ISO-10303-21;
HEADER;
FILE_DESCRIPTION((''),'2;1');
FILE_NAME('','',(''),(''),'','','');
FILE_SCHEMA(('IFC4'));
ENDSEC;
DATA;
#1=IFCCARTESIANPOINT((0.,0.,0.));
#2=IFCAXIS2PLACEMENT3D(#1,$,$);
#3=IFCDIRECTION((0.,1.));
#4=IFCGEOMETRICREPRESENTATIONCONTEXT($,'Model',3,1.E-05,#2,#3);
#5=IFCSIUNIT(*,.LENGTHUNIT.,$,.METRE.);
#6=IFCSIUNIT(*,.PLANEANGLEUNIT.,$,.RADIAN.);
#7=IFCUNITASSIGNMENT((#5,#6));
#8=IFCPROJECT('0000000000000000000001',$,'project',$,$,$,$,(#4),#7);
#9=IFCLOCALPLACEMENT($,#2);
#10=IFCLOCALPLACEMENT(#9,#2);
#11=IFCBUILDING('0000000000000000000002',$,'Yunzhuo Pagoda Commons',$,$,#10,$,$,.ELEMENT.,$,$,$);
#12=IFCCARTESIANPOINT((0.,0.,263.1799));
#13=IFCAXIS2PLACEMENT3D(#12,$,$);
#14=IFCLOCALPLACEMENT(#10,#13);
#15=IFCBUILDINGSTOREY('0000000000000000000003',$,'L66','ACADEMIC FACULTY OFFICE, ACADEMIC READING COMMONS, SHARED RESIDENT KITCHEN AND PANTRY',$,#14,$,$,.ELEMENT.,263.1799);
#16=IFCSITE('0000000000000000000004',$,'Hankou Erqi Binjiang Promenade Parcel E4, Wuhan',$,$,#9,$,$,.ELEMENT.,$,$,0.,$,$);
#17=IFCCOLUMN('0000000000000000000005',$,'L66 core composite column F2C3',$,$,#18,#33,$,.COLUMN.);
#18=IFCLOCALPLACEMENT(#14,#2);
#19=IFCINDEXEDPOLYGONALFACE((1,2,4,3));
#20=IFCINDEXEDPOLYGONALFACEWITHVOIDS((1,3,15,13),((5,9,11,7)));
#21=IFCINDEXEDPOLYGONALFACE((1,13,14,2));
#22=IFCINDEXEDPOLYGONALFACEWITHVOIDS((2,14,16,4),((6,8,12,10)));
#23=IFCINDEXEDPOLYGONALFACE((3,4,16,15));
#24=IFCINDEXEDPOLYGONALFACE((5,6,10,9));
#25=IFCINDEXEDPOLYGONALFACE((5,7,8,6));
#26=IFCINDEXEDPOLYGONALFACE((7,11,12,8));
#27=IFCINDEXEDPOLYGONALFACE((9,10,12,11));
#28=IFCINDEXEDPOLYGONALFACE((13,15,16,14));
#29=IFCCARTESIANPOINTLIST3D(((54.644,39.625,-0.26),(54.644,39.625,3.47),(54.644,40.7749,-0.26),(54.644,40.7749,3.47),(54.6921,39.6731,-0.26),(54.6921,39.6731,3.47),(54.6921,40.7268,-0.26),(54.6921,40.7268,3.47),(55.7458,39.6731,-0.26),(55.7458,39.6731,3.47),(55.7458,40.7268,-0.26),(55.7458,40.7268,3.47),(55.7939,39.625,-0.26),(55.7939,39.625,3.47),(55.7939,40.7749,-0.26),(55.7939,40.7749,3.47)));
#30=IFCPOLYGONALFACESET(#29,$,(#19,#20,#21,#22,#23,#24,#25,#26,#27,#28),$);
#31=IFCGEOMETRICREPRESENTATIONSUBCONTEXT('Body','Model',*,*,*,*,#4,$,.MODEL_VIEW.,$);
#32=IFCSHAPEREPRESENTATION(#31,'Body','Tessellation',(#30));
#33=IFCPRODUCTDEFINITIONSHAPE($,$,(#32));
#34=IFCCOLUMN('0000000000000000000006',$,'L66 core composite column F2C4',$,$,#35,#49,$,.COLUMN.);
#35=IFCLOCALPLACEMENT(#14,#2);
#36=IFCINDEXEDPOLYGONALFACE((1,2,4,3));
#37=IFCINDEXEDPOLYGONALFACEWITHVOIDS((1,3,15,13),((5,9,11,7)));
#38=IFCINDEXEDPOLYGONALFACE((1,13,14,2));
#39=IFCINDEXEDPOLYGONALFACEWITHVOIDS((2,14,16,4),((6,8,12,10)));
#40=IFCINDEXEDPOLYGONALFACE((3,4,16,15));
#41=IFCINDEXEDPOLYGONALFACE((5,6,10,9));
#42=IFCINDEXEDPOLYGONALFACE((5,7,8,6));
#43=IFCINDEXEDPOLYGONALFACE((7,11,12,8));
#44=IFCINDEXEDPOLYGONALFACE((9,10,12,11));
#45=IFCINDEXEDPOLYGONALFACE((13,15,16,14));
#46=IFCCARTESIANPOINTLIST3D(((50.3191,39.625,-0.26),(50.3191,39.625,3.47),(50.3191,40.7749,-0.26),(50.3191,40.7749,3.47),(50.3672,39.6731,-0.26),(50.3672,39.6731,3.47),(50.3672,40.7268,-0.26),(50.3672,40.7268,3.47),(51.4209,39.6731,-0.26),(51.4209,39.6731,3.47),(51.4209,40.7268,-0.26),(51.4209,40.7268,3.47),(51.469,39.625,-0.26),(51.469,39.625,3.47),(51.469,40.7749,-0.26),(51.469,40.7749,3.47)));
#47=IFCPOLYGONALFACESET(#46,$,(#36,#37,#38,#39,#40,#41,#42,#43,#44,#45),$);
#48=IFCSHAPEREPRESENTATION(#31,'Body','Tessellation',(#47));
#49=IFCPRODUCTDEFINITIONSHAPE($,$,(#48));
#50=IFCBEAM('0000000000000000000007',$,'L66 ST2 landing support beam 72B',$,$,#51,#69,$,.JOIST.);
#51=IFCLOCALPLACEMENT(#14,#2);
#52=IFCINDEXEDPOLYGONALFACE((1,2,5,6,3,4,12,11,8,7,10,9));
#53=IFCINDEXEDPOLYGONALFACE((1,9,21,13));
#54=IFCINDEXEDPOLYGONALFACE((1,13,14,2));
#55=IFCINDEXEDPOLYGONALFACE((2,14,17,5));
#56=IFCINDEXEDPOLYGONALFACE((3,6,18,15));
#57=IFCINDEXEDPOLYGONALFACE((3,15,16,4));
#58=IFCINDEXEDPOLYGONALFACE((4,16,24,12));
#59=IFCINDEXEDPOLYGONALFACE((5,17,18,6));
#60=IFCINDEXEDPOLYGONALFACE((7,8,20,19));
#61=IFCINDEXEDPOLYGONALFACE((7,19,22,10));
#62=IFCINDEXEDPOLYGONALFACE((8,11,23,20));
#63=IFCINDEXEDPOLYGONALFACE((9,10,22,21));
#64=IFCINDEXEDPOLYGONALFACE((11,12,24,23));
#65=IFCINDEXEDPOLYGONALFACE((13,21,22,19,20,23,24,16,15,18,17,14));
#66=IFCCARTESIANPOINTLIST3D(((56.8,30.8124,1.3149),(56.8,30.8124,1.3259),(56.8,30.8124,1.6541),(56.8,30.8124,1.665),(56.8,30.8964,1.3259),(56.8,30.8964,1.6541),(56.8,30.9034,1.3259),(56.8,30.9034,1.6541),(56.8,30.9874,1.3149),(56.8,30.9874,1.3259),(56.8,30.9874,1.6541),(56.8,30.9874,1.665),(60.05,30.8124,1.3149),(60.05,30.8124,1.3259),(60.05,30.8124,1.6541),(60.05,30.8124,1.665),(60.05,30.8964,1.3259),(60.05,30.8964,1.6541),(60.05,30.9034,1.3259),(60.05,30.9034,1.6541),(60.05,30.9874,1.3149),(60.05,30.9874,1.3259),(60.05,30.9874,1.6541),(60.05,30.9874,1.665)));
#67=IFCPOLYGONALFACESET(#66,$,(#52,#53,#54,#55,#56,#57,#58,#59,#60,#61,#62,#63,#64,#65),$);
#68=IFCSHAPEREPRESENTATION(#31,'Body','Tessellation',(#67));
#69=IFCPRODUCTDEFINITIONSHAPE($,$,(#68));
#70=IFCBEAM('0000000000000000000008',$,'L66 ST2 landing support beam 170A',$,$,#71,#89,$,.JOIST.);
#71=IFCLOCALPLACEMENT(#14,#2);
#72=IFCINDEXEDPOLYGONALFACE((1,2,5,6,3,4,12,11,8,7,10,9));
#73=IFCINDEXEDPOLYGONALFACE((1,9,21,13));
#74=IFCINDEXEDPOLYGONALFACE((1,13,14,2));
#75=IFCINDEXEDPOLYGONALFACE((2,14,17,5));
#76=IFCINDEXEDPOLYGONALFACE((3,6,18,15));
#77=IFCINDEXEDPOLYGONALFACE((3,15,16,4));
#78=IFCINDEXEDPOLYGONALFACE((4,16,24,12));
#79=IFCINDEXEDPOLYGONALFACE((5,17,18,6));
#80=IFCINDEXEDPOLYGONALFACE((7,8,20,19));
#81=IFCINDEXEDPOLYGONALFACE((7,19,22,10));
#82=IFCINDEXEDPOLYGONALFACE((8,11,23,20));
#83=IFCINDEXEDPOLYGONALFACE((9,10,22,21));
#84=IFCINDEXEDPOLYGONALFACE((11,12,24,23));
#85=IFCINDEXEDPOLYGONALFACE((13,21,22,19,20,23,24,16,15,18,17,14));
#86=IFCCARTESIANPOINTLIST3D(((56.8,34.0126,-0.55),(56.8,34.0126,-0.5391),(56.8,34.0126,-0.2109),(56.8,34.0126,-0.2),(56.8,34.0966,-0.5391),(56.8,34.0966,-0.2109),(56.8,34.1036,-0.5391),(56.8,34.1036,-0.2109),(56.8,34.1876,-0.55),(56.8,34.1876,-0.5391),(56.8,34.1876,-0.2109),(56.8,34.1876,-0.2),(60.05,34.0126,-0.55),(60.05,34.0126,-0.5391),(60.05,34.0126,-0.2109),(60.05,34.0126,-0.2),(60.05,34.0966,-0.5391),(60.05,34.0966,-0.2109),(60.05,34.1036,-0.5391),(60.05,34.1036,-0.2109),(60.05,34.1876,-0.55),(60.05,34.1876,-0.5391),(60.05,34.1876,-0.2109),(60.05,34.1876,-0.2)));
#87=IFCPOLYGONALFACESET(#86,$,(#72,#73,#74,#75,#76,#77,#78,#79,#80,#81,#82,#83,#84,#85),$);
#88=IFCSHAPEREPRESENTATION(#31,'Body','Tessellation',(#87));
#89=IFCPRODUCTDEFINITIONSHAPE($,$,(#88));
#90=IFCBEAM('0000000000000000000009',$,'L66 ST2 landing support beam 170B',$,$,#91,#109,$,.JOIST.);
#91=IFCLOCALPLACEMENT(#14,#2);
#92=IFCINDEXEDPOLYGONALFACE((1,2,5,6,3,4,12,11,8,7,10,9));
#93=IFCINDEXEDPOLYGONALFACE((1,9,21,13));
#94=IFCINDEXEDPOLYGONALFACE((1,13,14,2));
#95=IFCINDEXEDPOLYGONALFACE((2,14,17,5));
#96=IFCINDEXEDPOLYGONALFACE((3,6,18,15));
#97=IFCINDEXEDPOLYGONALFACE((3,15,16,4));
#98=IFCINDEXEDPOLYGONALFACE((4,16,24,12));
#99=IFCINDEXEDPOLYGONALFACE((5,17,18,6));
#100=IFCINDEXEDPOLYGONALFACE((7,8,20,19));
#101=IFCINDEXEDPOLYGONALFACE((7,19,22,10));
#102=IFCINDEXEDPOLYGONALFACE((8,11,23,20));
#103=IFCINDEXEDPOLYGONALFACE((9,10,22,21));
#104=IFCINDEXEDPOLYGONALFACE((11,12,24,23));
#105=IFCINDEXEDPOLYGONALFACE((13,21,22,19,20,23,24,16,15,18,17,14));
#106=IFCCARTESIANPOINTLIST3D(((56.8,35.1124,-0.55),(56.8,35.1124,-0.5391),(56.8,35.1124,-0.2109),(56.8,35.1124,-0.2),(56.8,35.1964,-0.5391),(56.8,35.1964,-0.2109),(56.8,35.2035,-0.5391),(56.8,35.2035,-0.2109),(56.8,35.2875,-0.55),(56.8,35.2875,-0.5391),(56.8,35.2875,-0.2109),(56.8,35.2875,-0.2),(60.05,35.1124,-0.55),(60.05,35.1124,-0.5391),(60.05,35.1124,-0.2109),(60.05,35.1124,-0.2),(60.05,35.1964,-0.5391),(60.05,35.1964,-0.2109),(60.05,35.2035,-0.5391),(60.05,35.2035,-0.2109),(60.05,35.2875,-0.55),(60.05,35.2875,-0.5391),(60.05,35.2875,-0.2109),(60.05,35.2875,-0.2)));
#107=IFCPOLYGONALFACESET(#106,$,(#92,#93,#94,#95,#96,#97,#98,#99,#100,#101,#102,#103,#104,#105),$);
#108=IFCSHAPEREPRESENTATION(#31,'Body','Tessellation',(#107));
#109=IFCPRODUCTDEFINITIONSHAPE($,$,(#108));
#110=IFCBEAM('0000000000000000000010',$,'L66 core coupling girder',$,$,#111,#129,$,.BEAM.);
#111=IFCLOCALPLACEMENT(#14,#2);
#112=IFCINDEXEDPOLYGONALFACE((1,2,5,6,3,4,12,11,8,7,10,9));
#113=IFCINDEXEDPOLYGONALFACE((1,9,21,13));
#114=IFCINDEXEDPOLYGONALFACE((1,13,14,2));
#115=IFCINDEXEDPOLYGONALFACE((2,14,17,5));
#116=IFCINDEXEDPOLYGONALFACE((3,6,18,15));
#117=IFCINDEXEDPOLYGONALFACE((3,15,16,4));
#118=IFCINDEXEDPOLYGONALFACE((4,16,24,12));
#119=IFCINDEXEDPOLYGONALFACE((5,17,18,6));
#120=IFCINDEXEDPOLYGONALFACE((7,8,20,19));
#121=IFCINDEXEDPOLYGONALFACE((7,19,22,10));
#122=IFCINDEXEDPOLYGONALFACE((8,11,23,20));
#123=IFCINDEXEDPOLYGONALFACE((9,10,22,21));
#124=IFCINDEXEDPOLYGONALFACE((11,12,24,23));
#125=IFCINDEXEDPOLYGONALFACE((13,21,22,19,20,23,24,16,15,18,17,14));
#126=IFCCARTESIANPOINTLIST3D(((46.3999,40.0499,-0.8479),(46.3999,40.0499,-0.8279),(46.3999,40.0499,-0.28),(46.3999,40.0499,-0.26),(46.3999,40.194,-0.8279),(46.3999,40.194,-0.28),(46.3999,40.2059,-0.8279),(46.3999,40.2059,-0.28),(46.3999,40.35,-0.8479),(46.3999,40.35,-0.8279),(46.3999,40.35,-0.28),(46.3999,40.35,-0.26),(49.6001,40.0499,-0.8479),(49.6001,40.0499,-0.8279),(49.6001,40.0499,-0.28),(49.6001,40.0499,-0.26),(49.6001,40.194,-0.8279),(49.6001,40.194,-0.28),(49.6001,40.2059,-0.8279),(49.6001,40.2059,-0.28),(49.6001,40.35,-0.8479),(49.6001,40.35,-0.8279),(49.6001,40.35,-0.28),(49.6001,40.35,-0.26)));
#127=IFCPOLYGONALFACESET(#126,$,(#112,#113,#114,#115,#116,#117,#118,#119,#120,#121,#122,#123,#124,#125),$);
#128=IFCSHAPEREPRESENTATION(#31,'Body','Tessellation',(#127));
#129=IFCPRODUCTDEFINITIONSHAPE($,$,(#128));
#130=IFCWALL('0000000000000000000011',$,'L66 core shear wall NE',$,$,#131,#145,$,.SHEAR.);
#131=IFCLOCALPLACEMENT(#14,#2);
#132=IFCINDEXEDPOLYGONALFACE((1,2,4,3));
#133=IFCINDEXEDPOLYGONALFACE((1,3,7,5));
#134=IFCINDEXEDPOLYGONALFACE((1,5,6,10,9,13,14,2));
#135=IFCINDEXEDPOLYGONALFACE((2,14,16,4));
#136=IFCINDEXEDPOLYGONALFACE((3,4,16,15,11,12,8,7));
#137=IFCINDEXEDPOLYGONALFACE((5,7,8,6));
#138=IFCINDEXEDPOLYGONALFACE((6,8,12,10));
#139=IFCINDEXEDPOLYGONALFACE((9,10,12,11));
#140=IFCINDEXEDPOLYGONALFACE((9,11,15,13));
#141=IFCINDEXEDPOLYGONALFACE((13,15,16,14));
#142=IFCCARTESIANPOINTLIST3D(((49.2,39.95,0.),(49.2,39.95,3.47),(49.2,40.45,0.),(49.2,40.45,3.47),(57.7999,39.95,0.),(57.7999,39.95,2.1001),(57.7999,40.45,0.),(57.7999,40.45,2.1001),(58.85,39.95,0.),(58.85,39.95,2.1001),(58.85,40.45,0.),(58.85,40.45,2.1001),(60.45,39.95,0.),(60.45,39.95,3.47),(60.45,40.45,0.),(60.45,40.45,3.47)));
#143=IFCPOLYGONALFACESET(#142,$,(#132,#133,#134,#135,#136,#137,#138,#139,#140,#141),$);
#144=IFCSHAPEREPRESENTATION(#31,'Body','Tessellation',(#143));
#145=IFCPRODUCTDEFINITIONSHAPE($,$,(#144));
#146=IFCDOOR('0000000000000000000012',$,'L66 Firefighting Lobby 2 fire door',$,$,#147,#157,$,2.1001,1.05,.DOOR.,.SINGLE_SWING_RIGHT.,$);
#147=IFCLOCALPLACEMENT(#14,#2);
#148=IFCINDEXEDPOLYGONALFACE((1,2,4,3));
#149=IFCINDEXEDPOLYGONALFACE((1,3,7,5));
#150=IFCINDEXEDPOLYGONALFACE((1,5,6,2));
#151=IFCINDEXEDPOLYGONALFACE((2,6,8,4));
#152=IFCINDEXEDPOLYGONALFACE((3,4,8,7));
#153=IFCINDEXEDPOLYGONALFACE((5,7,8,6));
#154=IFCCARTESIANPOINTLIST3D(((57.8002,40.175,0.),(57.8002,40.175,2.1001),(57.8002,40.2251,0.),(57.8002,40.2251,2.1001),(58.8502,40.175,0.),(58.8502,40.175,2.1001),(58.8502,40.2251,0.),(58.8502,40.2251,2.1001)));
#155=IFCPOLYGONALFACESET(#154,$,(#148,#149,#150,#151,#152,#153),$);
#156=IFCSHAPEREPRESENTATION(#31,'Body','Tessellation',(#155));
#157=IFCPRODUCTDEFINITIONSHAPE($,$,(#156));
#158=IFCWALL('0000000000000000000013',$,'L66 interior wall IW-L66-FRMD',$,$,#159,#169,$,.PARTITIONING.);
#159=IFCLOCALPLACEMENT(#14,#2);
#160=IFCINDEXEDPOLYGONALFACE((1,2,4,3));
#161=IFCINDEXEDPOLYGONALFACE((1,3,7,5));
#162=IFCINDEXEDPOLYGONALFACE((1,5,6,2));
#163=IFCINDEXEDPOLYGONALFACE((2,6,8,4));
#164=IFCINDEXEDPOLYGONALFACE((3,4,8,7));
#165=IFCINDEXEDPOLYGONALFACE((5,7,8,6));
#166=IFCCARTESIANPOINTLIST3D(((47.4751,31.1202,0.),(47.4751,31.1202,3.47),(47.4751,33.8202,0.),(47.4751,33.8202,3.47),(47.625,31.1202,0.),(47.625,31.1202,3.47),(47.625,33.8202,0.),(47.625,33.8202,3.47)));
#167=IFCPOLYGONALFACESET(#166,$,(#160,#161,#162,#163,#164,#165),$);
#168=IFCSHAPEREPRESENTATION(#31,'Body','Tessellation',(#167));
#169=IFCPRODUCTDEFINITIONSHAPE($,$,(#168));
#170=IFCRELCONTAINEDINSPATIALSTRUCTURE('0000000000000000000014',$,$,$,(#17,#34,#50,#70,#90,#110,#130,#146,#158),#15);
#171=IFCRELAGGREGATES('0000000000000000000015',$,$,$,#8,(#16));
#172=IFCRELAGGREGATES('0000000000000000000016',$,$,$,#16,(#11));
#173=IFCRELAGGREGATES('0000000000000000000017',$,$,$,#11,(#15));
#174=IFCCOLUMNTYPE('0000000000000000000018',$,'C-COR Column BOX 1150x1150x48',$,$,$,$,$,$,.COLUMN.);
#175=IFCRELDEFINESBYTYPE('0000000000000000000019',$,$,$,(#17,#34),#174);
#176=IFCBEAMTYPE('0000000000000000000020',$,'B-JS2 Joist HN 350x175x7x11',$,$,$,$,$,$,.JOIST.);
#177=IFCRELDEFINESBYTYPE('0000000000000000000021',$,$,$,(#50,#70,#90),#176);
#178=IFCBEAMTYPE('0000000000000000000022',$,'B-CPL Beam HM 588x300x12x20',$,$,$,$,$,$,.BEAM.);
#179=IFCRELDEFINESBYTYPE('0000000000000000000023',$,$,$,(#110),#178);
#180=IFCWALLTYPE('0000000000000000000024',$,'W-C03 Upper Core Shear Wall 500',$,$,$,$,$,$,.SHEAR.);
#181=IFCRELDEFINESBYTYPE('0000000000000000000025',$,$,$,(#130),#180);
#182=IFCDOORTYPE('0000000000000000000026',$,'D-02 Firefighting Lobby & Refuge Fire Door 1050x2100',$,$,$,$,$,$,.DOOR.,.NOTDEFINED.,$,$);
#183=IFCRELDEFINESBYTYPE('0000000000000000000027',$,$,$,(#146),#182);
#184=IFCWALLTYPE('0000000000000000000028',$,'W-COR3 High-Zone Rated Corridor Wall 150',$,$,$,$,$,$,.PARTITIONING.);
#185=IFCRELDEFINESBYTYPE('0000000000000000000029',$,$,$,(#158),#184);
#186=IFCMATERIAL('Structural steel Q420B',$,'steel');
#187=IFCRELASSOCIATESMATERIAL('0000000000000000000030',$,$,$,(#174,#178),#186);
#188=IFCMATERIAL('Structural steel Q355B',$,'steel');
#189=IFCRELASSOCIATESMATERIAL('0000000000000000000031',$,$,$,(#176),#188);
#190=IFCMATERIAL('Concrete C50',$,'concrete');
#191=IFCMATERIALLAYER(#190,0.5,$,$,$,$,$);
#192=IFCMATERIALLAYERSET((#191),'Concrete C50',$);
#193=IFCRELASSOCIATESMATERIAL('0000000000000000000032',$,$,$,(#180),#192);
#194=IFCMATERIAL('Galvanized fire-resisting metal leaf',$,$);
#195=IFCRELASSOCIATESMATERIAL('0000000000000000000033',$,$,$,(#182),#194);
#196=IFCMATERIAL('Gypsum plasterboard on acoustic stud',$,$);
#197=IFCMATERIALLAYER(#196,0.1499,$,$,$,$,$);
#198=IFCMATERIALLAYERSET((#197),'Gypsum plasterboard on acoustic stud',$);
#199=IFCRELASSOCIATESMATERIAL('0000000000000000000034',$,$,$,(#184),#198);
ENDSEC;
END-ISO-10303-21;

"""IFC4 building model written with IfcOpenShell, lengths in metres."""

from ifc_helpers import new_model, si_unit, direction, frame, frame_2d, origin, origin_2d, place, context, subcontext, project, spatial, rectangle, hollow_rectangle, i_section, extrude, source, transform, mapped, material, layer, layer_set, material_profile, profile_set, type_object, element, fill, save


model = new_model("IFC4")

# Units and contexts
model_context = context("Model", 3, precision=1e-05, world=origin(), true_north=direction((0.0, 1.0)))
body_context = subcontext(model_context, "Body", "Model", "MODEL_VIEW")
ifc_project = project(units=[si_unit("LENGTHUNIT", "METRE"), si_unit("PLANEANGLEUNIT", "RADIAN")], contexts=[model_context])

# Site, building, storey
site_placement = place(None, origin())
site = spatial("IfcSite", under=ifc_project, at=site_placement, Name="Hankou Erqi Binjiang Promenade Parcel E4, Wuhan", CompositionType="ELEMENT", RefElevation=0.0)
building_placement = place(site_placement, origin())
building = spatial("IfcBuilding", under=site, at=building_placement, Name="Yunzhuo Pagoda Commons", CompositionType="ELEMENT")
storey_placement = place(building_placement, frame((0.0, 0.0, 263.1799)))
storey = spatial("IfcBuildingStorey", under=building, at=storey_placement, Name="L66", Description="ACADEMIC FACULTY OFFICE, ACADEMIC READING COMMONS, SHARED RESIDENT KITCHEN AND PANTRY", CompositionType="ELEMENT", Elevation=263.1799)

# Columns
ifc_material_1 = material(Name="Structural steel Q420B", Category="steel")
ifc_material_profile_1 = material_profile(ifc_material_1, hollow_rectangle(XDim=1.1499, YDim=1.1499, WallThickness=0.0481, at=origin_2d()), Name="Structural steel Q420B")
ifc_profile_set_1 = profile_set([ifc_material_profile_1], Name="Structural steel Q420B")
column_type = type_object("IfcColumnType", Name="C-COR Column BOX 1150x1150x48", PredefinedType="COLUMN", material=ifc_profile_set_1)
shared_shape_1 = source(origin(), body_context, "Body", "SweptSolid", [
    extrude(hollow_rectangle(XDim=1.1499, YDim=1.1499, WallThickness=0.0481, at=origin_2d()), origin(), (0.0, 0.0, 1.0), 3.73),
])
for number, where, z_axis, x_axis, name in (
    (1, (55.219, 40.2, -0.26), (0.0, 0.0, 1.0), (1.0, 0.0, 0.0), "L66 core composite column F2C3"),
    (2, (50.894, 40.2, -0.26), (0.0, 0.0, 1.0), (1.0, 0.0, 0.0), "L66 core composite column F2C4"),
):
    element("IfcColumn", number, at=place(storey_placement, frame(where, z_axis=z_axis, x_axis=x_axis)), inside=storey, type_object=column_type, Name=name, PredefinedType="COLUMN", context=body_context, shape_type="MappedRepresentation", body=[
        mapped(shared_shape_1, transform((0.0, 0.0, 0.0), scale=1.0)),
    ])

# Beams
ifc_material_2 = material(Name="Structural steel Q355B", Category="steel")
ifc_material_profile_2 = material_profile(ifc_material_2, i_section(OverallWidth=0.175, OverallDepth=0.3501, WebThickness=0.0071, FlangeThickness=0.011, at=origin_2d()), Name="Structural steel Q355B")
ifc_profile_set_2 = profile_set([ifc_material_profile_2], Name="Structural steel Q355B")
beam_type_1 = type_object("IfcBeamType", Name="B-JS2 Joist HN 350x175x7x11", PredefinedType="JOIST", material=ifc_profile_set_2)
shared_shape_2 = source(origin(), body_context, "Body", "SweptSolid", [
    extrude(i_section(OverallWidth=0.175, OverallDepth=0.3501, WebThickness=0.0071, FlangeThickness=0.011, at=origin_2d()), origin(), (0.0, 0.0, 1.0), 3.25),
])
for number, where, z_axis, x_axis, name in (
    (3, (56.8, 30.8999, 1.49), (1.0, 0.0, 0.0), (0.0, 1.0, 0.0), "L66 ST2 landing support beam 72B"),
    (4, (56.8, 34.1001, -0.375), (1.0, 0.0, 0.0), (0.0, 1.0, 0.0), "L66 ST2 landing support beam 170A"),
    (5, (56.8, 35.2, -0.375), (1.0, 0.0, 0.0), (0.0, 1.0, 0.0), "L66 ST2 landing support beam 170B"),
):
    element("IfcBeam", number, at=place(storey_placement, frame(where, z_axis=z_axis, x_axis=x_axis)), inside=storey, type_object=beam_type_1, Name=name, PredefinedType="JOIST", context=body_context, shape_type="MappedRepresentation", body=[
        mapped(shared_shape_2, transform((0.0, 0.0, 0.0), scale=1.0)),
    ])
ifc_material_profile_3 = material_profile(ifc_material_1, i_section(OverallWidth=0.3, OverallDepth=0.5879, WebThickness=0.012, FlangeThickness=0.02, at=origin_2d()), Name="Structural steel Q420B")
ifc_profile_set_3 = profile_set([ifc_material_profile_3], Name="Structural steel Q420B")
beam_type_2 = type_object("IfcBeamType", Name="B-CPL Beam HM 588x300x12x20", PredefinedType="BEAM", material=ifc_profile_set_3)
shared_shape_3 = source(origin(), body_context, "Body", "SweptSolid", [
    extrude(i_section(OverallWidth=0.3, OverallDepth=0.5879, WebThickness=0.012, FlangeThickness=0.02, at=origin_2d()), origin(), (0.0, 0.0, 1.0), 3.2002),
])
beam_placement = place(storey_placement, frame((46.3999, 40.2, -0.554), z_axis=(1.0, 0.0, 0.0), x_axis=(0.0, 1.0, 0.0)))
element("IfcBeam", 6, at=beam_placement, inside=storey, type_object=beam_type_2, Name="L66 core coupling girder", PredefinedType="BEAM", context=body_context, shape_type="MappedRepresentation", body=[
    mapped(shared_shape_3, transform((0.0, 0.0, 0.0), scale=1.0)),
])

# Wall, opening, door
ifc_material_3 = material(Name="Concrete C50", Category="concrete")
ifc_layer_1 = layer(ifc_material_3, 0.5)
ifc_layer_set_1 = layer_set([ifc_layer_1], Name="Concrete C50")
wall_type_1 = type_object("IfcWallType", Name="W-C03 Upper Core Shear Wall 500", PredefinedType="SHEAR", material=ifc_layer_set_1)
wall_1_placement = place(storey_placement, frame((49.2, 40.2, 0.0), z_axis=(0.0, 0.0, 1.0), x_axis=(1.0, 0.0, 0.0)))
wall_1 = element("IfcWall", 7, at=wall_1_placement, inside=storey, type_object=wall_type_1, Name="L66 core shear wall NE", PredefinedType="SHEAR", context=body_context, shape_type="SweptSolid", body=[
    extrude(rectangle(XDim=11.25, YDim=0.5, at=frame_2d((5.625, 0.0))), origin(), (0.0, 0.0, 1.0), 3.47),
])
opening_1_placement = place(wall_1_placement, frame((8.6001, 0.0, 0.0)))
opening_1 = element("IfcOpeningElement", 8, at=opening_1_placement, cuts=wall_1, PredefinedType="OPENING", context=body_context, shape_type="SweptSolid", body=[
    extrude(rectangle(XDim=1.05, YDim=2.1001, at=frame_2d((0.5249, 1.05))), frame((0.0, 0.26, 0.0), z_axis=(0.0, -1.0, 0.0), x_axis=(1.0, 0.0, 0.0)), (0.0, 0.0, 1.0), 0.52),
])
ifc_material_4 = material(Name="Galvanized fire-resisting metal leaf")
door_type_1 = type_object("IfcDoorType", Name="D-02 Firefighting Lobby & Refuge Fire Door 1050x2100", OperationType="NOTDEFINED", PredefinedType="DOOR", material=ifc_material_4)
shared_shape_4 = source(origin(), body_context, "Body", "SweptSolid", [
    extrude(rectangle(XDim=1.05, YDim=2.1001, at=frame_2d((0.5249, 1.05))), frame((0.0, 0.0249, 0.0), z_axis=(0.0, -1.0, 0.0), x_axis=(1.0, 0.0, 0.0)), (0.0, 0.0, 1.0), 0.05),
])
door_1_placement = place(opening_1_placement, frame((1.05, 0.0, 0.0), z_axis=(0.0, 0.0, 1.0), x_axis=(-1.0, 0.0, 0.0)))
door_1 = element("IfcDoor", 9, at=door_1_placement, inside=storey, type_object=door_type_1, Name="L66 Firefighting Lobby 2 fire door", OperationType="SINGLE_SWING_RIGHT", OverallHeight=2.1001, OverallWidth=1.05, PredefinedType="DOOR", context=body_context, shape_type="MappedRepresentation", body=[
    mapped(shared_shape_4, transform((0.0, 0.0, 0.0), scale=1.0)),
])
fill(opening_1, door_1)

# Wall
ifc_material_5 = material(Name="Gypsum plasterboard on acoustic stud")
ifc_layer_2 = layer(ifc_material_5, 0.1499)
ifc_layer_set_2 = layer_set([ifc_layer_2], Name="Gypsum plasterboard on acoustic stud")
wall_type_2 = type_object("IfcWallType", Name="W-COR3 High-Zone Rated Corridor Wall 150", PredefinedType="PARTITIONING", material=ifc_layer_set_2)
wall_2_placement = place(storey_placement, frame((47.55, 31.1201, 0.0), z_axis=(0.0, 0.0, 1.0), x_axis=(0.0, 1.0, 0.0)))
element("IfcWall", 10, at=wall_2_placement, inside=storey, type_object=wall_type_2, Name="L66 interior wall IW-L66-FRMD", PredefinedType="PARTITIONING", context=body_context, shape_type="SweptSolid", body=[
    extrude(rectangle(XDim=2.7, YDim=0.1499, at=frame_2d((1.3501, 0.0))), origin(), (0.0, 0.0, 1.0), 3.47),
])

save(model, "model.ifc")
